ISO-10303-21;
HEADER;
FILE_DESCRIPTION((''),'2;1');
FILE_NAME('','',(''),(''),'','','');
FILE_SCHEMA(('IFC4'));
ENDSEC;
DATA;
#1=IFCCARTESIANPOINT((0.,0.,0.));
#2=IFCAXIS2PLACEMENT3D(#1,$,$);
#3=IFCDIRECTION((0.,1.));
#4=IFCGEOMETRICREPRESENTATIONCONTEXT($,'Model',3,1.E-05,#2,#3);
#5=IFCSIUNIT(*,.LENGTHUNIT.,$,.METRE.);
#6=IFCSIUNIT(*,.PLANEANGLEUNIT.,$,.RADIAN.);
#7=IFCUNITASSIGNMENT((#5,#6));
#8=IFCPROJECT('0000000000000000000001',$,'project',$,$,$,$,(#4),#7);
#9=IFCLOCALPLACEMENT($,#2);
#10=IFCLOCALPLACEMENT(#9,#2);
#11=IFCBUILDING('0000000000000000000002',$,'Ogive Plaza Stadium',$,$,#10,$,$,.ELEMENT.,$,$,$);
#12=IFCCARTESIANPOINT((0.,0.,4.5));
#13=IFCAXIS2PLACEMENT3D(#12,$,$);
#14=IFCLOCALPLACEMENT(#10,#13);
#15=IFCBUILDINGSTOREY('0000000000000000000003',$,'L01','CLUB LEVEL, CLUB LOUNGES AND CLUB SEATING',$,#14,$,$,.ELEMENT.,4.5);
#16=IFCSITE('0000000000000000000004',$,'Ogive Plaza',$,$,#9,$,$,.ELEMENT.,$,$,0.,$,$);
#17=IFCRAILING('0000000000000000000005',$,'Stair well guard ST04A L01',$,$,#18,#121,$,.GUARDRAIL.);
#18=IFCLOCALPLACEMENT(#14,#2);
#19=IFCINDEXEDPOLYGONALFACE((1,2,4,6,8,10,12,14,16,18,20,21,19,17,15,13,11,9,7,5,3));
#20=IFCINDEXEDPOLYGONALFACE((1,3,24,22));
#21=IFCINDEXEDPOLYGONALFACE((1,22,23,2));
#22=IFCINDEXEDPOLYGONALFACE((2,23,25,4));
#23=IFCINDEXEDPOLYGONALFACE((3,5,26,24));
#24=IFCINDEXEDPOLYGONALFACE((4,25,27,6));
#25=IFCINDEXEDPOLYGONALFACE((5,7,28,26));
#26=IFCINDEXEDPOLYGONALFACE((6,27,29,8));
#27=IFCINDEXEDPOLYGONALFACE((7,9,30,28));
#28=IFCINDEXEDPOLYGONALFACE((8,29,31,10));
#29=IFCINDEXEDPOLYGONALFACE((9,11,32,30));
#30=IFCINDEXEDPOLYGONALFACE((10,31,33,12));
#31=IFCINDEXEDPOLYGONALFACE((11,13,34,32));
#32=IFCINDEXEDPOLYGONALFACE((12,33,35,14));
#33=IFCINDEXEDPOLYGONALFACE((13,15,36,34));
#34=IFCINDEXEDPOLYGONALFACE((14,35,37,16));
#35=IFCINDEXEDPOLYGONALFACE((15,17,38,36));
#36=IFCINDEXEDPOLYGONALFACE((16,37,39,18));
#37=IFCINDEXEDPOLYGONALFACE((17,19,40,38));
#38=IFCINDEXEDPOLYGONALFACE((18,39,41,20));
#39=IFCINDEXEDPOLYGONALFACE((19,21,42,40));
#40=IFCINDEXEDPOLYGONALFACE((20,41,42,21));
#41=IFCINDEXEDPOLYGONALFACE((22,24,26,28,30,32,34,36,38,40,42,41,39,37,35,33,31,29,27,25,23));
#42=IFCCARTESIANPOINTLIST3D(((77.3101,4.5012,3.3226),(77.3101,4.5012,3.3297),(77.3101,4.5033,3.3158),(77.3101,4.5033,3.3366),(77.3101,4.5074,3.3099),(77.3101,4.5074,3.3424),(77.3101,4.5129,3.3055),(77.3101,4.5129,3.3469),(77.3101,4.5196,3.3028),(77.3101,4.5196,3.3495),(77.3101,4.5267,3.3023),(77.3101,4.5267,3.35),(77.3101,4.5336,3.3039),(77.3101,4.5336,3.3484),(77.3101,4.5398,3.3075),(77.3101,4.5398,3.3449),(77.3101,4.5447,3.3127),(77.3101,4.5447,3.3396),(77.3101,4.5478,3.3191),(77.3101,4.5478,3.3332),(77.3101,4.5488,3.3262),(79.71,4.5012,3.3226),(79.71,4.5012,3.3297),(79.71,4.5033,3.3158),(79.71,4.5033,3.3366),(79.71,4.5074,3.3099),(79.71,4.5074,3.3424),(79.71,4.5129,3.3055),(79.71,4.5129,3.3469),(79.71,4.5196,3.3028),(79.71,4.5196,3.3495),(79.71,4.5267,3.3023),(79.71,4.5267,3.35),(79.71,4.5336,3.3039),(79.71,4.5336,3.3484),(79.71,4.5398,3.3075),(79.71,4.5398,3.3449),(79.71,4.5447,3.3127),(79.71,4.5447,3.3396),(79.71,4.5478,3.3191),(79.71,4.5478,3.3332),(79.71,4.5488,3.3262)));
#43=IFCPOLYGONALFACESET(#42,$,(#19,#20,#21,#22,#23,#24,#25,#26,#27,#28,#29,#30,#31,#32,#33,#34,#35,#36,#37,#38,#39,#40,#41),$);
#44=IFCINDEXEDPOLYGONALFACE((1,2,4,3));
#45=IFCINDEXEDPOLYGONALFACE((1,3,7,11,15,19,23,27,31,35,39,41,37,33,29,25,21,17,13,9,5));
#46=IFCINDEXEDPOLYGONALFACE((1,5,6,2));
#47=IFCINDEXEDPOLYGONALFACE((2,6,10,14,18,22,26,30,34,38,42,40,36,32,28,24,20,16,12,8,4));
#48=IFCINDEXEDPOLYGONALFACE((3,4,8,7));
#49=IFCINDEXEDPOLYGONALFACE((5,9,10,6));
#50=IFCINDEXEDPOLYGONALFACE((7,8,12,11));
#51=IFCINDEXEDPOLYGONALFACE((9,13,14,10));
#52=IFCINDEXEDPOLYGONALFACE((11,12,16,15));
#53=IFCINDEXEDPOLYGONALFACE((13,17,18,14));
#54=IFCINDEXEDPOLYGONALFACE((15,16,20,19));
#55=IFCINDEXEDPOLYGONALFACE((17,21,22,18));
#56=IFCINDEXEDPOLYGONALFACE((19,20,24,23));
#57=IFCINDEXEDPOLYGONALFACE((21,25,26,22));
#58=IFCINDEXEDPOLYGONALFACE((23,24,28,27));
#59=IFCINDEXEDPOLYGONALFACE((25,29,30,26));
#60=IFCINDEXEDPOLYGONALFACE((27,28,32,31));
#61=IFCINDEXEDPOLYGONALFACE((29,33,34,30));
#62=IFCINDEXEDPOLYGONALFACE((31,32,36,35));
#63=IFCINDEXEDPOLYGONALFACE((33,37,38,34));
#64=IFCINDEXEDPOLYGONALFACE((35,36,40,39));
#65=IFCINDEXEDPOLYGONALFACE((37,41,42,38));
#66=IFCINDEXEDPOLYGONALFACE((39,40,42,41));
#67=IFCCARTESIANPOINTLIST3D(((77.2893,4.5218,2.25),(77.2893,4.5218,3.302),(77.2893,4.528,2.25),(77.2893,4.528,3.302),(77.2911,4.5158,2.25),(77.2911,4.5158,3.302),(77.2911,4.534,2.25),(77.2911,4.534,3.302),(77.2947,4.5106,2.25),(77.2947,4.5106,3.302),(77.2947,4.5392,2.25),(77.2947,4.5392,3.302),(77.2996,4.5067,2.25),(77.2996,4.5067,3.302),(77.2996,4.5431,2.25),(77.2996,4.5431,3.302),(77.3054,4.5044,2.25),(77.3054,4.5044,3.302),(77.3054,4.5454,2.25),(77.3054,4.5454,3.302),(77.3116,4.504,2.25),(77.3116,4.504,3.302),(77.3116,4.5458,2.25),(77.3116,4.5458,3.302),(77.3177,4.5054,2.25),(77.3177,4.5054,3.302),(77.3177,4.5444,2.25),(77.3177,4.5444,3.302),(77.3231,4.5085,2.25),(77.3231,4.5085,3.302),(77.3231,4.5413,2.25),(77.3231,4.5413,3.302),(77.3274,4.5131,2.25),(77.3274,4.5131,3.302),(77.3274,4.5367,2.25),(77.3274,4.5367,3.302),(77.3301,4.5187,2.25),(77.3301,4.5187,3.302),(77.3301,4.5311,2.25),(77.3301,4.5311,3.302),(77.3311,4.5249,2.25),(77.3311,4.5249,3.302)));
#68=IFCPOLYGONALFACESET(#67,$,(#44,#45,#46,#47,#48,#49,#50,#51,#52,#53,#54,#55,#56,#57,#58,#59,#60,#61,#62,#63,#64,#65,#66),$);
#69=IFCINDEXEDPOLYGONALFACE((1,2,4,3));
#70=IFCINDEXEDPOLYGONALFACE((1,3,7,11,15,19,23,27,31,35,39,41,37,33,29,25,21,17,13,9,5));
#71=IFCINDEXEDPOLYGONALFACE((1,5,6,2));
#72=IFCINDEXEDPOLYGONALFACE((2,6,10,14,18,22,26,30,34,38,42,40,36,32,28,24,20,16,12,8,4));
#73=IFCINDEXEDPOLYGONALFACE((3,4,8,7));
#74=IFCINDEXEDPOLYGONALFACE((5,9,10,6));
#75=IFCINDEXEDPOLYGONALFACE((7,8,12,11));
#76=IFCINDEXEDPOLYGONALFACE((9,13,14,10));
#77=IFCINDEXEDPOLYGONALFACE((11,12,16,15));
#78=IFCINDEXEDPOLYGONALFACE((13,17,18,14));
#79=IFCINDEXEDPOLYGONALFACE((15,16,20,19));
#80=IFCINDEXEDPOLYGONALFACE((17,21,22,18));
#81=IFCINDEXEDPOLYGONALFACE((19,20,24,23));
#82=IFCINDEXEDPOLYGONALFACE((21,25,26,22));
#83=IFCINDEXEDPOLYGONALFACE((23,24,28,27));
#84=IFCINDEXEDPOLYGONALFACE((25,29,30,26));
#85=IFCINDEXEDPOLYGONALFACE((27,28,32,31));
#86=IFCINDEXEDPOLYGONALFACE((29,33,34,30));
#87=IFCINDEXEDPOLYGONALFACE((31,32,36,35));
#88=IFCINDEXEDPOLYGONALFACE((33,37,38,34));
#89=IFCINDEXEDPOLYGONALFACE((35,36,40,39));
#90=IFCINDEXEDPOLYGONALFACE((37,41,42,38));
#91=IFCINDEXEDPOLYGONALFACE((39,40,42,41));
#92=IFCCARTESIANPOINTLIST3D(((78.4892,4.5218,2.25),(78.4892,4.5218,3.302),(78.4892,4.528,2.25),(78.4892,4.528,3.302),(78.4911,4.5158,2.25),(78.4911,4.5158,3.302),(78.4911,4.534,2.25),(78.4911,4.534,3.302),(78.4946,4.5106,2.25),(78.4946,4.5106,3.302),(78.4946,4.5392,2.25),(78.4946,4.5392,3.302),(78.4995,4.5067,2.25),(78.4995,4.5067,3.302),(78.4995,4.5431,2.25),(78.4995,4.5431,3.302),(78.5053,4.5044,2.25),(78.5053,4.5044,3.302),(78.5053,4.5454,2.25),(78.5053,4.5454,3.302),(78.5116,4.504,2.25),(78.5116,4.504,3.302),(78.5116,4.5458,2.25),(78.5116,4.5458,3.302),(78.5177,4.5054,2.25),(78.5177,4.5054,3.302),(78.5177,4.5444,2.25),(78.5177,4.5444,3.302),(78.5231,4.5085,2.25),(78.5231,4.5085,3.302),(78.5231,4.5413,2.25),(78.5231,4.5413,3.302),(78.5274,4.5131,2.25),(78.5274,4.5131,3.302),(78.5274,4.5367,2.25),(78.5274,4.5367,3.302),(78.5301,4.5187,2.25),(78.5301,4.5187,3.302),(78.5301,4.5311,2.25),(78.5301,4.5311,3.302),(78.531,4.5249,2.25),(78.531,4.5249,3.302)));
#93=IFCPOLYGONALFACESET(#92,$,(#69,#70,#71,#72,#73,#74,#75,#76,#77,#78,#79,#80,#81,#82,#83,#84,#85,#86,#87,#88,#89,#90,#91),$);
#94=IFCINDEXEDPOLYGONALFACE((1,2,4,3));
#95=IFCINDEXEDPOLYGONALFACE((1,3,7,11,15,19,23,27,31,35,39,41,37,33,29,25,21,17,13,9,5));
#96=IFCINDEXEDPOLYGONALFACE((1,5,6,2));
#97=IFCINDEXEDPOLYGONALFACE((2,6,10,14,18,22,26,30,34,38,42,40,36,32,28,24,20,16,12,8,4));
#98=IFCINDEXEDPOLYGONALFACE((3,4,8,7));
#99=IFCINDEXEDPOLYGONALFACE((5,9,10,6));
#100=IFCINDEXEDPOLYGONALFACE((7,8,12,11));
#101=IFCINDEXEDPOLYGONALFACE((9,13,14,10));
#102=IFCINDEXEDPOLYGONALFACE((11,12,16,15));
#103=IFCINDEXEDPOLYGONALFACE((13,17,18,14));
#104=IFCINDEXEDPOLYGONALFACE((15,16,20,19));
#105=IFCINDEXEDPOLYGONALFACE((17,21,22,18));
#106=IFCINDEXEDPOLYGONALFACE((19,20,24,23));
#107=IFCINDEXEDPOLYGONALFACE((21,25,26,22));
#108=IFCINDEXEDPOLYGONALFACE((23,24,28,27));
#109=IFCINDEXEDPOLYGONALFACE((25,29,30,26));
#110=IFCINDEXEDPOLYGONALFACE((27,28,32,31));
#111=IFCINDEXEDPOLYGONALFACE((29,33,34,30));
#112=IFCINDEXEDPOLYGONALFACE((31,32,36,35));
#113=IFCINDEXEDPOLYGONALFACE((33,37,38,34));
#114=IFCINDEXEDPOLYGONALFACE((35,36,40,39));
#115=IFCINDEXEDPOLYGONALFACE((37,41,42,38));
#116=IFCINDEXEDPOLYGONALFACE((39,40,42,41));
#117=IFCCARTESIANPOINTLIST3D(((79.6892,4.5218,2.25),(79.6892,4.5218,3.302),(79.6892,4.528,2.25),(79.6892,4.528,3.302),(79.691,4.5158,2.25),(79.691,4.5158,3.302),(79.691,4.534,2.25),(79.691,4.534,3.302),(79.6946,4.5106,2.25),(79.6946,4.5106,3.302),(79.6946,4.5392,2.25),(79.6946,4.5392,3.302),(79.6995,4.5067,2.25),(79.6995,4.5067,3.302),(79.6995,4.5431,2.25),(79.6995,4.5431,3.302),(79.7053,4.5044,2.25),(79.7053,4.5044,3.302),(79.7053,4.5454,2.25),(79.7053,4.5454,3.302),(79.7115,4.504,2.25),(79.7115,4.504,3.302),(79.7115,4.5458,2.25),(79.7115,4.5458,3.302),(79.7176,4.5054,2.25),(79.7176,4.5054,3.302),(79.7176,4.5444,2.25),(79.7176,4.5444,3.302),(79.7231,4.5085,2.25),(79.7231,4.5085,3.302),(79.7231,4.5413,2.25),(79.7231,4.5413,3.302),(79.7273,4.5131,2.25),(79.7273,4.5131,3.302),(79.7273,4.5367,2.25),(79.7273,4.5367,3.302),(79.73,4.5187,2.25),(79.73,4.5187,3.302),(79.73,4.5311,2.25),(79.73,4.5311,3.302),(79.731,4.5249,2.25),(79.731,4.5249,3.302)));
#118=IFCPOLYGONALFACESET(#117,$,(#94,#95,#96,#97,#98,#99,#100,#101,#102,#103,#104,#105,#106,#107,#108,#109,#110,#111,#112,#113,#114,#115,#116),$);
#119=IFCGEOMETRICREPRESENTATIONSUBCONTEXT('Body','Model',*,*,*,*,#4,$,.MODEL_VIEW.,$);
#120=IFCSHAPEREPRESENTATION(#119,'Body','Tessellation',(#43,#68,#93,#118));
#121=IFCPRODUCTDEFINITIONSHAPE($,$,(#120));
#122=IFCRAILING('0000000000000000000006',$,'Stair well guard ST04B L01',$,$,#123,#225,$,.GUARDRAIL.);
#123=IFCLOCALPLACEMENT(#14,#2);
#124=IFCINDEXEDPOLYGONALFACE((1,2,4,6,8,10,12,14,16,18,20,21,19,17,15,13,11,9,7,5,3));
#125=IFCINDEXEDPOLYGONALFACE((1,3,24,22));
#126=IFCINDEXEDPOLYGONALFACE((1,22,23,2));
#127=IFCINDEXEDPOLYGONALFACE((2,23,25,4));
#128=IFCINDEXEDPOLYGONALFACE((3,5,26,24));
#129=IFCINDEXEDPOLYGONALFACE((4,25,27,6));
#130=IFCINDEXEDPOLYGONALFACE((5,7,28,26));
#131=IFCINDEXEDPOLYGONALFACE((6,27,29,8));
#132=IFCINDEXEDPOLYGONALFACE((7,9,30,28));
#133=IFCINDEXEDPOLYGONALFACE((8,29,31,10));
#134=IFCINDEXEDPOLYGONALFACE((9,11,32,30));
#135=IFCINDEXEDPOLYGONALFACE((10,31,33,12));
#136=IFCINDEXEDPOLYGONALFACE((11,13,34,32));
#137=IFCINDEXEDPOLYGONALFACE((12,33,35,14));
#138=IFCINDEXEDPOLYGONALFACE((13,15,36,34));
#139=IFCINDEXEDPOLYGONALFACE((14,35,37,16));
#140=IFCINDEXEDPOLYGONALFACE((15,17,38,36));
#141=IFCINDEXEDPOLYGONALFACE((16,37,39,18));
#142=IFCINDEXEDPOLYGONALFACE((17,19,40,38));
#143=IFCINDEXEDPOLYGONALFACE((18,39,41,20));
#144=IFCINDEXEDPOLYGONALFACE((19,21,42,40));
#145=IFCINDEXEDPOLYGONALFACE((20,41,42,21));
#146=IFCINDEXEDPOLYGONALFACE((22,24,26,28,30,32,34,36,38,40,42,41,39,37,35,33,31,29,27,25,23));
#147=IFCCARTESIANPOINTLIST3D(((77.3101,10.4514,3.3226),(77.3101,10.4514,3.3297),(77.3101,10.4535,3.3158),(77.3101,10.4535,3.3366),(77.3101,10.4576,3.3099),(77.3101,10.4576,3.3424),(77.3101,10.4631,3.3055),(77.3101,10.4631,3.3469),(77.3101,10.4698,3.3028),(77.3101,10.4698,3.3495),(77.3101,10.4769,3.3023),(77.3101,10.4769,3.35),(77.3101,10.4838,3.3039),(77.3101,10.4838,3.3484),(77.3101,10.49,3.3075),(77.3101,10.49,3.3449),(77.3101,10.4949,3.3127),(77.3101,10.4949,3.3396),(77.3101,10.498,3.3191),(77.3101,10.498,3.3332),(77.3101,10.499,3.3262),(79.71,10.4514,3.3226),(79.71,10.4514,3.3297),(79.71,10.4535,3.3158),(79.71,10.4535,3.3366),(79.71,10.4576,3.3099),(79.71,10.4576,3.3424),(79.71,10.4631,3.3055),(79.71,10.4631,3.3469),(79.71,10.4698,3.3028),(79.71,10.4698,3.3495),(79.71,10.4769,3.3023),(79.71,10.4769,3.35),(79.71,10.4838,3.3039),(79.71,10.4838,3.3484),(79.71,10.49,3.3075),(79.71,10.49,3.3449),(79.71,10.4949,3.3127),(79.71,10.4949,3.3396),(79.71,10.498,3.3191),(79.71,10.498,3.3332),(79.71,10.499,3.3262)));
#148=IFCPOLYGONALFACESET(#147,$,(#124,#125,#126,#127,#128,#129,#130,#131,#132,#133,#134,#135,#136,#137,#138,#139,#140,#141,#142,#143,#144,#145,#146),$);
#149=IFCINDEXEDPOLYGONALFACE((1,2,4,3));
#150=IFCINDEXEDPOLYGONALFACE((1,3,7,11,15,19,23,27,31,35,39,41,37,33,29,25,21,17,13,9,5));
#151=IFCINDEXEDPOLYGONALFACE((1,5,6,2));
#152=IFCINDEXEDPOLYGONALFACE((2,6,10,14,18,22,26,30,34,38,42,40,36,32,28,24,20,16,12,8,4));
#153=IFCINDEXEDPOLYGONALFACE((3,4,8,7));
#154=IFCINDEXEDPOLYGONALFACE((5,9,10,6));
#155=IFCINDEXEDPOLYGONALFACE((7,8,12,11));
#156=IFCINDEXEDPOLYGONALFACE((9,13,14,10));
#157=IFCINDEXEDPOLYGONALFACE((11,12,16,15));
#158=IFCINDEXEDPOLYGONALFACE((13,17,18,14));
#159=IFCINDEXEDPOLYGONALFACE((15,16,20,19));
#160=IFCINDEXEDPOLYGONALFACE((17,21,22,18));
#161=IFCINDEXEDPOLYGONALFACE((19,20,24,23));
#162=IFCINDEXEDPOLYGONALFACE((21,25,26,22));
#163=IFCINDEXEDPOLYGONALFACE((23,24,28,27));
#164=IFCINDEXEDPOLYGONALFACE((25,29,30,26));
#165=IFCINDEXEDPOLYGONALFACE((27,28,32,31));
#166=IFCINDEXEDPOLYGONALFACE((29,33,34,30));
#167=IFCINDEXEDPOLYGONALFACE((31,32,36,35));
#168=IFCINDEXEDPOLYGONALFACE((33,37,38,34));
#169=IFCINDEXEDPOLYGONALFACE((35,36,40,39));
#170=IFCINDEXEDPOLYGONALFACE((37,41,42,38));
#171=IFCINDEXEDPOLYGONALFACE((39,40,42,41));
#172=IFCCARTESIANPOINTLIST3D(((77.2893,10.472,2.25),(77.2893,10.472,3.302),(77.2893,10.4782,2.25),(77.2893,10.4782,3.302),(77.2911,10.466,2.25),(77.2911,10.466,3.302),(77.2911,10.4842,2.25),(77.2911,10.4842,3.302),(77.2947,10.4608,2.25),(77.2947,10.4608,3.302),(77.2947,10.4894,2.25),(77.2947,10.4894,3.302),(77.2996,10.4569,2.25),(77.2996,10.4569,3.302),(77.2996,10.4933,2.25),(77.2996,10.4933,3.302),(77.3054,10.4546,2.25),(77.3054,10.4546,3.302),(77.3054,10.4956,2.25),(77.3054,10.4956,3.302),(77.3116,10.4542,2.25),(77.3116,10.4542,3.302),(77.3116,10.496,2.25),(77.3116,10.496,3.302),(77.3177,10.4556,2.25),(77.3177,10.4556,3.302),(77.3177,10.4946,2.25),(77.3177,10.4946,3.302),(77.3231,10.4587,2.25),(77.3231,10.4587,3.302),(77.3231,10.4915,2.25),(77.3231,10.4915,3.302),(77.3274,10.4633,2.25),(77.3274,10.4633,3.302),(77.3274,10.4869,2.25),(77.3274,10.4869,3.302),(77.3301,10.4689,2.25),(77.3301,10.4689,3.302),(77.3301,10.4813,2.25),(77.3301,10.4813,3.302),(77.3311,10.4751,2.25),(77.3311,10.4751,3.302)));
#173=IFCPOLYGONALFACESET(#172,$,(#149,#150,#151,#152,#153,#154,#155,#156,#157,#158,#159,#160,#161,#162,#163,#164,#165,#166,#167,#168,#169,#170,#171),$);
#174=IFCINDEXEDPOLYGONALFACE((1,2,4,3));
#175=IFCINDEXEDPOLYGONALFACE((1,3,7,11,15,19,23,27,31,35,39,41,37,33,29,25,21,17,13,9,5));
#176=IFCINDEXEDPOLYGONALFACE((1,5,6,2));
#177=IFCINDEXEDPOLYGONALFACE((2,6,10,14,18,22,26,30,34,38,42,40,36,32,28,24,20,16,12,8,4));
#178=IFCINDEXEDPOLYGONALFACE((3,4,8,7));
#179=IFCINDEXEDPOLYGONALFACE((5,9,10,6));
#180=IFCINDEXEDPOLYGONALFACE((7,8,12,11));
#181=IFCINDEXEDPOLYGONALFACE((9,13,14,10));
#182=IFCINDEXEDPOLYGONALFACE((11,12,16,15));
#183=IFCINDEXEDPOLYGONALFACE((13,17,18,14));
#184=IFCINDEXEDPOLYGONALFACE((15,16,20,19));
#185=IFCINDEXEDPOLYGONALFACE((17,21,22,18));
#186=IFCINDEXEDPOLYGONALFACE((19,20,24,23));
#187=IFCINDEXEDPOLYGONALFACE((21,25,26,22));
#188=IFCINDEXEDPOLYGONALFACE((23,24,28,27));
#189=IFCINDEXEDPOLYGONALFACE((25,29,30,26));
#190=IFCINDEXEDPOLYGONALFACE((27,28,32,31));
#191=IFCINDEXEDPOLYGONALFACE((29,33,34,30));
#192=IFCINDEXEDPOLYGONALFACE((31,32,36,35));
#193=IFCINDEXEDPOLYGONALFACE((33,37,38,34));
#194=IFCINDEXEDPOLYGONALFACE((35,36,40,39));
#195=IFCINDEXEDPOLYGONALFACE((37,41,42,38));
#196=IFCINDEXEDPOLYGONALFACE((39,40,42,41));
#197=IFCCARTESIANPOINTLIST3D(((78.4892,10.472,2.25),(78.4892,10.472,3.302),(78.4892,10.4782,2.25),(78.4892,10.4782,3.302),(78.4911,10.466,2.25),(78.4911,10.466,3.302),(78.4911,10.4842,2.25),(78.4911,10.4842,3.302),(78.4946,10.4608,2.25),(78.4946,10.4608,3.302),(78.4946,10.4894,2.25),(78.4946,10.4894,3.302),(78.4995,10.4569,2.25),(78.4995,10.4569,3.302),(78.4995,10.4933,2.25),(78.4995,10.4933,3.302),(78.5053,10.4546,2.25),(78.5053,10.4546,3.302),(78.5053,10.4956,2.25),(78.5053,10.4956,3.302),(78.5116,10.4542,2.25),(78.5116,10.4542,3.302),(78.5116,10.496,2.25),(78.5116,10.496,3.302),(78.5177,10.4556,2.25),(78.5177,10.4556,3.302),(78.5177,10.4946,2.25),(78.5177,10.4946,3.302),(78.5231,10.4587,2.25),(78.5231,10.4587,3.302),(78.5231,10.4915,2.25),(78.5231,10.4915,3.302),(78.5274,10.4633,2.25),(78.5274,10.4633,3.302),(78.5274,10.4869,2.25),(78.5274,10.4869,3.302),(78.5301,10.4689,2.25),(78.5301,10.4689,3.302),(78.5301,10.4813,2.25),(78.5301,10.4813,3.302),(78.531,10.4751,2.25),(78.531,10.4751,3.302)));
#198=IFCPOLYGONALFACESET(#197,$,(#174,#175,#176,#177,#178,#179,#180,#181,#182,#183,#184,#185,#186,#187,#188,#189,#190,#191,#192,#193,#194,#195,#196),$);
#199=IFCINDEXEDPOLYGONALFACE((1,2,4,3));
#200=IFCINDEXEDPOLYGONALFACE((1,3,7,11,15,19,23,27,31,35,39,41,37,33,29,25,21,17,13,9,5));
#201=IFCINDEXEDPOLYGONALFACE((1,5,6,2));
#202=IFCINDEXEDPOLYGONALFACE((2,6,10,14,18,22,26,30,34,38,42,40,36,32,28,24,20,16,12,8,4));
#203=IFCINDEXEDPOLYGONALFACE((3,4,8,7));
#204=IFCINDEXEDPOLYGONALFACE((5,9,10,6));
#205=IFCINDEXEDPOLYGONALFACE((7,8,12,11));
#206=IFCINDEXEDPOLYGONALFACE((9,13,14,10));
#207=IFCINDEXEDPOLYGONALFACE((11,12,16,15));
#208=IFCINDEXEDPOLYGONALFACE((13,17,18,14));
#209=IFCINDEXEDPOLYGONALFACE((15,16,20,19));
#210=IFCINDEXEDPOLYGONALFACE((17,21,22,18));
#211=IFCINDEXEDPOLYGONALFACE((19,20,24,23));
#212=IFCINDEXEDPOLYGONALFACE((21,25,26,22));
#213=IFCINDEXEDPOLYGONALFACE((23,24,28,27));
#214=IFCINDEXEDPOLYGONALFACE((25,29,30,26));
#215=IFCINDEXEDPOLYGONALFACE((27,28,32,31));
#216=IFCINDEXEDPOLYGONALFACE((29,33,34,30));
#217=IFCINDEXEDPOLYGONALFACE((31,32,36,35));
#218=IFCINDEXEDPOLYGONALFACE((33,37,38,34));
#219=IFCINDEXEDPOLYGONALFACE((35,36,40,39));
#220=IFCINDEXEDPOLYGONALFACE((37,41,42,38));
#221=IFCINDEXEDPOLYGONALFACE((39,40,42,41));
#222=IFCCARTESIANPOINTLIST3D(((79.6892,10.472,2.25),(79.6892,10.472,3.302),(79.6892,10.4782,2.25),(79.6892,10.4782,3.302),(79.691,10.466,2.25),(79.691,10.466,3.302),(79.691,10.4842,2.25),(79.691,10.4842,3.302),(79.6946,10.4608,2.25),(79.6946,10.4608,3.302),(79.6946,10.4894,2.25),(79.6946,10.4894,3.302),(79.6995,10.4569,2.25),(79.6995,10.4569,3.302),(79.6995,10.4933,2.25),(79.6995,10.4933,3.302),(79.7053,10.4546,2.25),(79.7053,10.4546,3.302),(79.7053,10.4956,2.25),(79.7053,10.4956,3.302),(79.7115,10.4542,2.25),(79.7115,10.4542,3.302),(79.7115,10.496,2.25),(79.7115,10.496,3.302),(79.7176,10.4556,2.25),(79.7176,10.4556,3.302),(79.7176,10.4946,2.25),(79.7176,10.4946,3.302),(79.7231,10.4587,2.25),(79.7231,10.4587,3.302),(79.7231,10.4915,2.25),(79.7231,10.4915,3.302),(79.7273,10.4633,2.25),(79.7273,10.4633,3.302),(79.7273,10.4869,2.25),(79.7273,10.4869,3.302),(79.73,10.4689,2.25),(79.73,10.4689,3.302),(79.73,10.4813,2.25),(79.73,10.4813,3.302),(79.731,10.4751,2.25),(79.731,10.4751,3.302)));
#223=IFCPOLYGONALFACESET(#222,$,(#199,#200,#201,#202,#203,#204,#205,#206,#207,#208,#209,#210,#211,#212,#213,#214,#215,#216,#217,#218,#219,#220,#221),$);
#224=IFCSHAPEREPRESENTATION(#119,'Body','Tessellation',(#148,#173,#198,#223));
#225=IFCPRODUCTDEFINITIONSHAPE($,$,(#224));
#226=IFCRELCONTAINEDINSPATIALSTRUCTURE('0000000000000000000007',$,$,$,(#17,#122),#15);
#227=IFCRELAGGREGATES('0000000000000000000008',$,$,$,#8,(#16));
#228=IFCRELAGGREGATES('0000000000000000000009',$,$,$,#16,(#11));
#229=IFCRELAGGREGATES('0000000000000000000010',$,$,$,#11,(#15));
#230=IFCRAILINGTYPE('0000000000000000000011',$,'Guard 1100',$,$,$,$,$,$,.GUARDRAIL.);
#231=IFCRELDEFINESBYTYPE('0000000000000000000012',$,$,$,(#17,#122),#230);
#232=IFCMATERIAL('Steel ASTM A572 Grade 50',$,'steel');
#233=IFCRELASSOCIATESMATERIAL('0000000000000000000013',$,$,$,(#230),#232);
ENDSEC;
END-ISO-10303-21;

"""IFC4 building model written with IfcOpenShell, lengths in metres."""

from ifc_helpers import new_model, si_unit, direction, frame, origin, origin_2d, place, context, subcontext, project, spatial, circle, extrude, material, type_object, element, save


model = new_model("IFC4")

# Units and contexts
model_context = context("Model", 3, precision=1e-05, world=origin(), true_north=direction((0.0, 1.0)))
body_context = subcontext(model_context, "Body", "Model", "MODEL_VIEW")
ifc_project = project(units=[si_unit("LENGTHUNIT", "METRE"), si_unit("PLANEANGLEUNIT", "RADIAN")], contexts=[model_context])

# Site, building, storey
site_placement = place(None, origin())
site = spatial("IfcSite", under=ifc_project, at=site_placement, Name="Ogive Plaza", CompositionType="ELEMENT", RefElevation=0.0)
building_placement = place(site_placement, origin())
building = spatial("IfcBuilding", under=site, at=building_placement, Name="Ogive Plaza Stadium", CompositionType="ELEMENT")
storey_placement = place(building_placement, frame((0.0, 0.0, 4.5)))
storey = spatial("IfcBuildingStorey", under=building, at=storey_placement, Name="L01", Description="CLUB LEVEL, CLUB LOUNGES AND CLUB SEATING", CompositionType="ELEMENT", Elevation=4.5)

# Railings
ifc_material_1 = material(Name="Steel ASTM A572 Grade 50", Category="steel")
railing_type_1 = type_object("IfcRailingType", Name="Guard 1100", PredefinedType="GUARDRAIL", material=ifc_material_1)
for number, where, name in (
    (1, (77.3101, 4.5249, 2.25), "Stair well guard ST04A L01"),
    (2, (77.3101, 10.4751, 2.25), "Stair well guard ST04B L01"),
):
    element("IfcRailing", number, at=place(storey_placement, frame(where)), inside=storey, type_object=railing_type_1, Name=name, PredefinedType="GUARDRAIL", context=body_context, shape_type="SweptSolid", body=[
        extrude(circle(Radius=0.0239, at=origin_2d()), frame((0.0, 0.0, 1.0762), z_axis=(1.0, 0.0, 0.0), x_axis=(0.0, 1.0, 0.0)), (0.0, 0.0, 1.0), 2.3999),
        extrude(circle(Radius=0.021, at=origin_2d()), origin(), (0.0, 0.0, 1.0), 1.052),
        extrude(circle(Radius=0.021, at=origin_2d()), frame((1.2, 0.0, 0.0)), (0.0, 0.0, 1.0), 1.052),
        extrude(circle(Radius=0.021, at=origin_2d()), frame((2.3999, 0.0, 0.0)), (0.0, 0.0, 1.0), 1.052),
    ])

save(model, "model.ifc")
